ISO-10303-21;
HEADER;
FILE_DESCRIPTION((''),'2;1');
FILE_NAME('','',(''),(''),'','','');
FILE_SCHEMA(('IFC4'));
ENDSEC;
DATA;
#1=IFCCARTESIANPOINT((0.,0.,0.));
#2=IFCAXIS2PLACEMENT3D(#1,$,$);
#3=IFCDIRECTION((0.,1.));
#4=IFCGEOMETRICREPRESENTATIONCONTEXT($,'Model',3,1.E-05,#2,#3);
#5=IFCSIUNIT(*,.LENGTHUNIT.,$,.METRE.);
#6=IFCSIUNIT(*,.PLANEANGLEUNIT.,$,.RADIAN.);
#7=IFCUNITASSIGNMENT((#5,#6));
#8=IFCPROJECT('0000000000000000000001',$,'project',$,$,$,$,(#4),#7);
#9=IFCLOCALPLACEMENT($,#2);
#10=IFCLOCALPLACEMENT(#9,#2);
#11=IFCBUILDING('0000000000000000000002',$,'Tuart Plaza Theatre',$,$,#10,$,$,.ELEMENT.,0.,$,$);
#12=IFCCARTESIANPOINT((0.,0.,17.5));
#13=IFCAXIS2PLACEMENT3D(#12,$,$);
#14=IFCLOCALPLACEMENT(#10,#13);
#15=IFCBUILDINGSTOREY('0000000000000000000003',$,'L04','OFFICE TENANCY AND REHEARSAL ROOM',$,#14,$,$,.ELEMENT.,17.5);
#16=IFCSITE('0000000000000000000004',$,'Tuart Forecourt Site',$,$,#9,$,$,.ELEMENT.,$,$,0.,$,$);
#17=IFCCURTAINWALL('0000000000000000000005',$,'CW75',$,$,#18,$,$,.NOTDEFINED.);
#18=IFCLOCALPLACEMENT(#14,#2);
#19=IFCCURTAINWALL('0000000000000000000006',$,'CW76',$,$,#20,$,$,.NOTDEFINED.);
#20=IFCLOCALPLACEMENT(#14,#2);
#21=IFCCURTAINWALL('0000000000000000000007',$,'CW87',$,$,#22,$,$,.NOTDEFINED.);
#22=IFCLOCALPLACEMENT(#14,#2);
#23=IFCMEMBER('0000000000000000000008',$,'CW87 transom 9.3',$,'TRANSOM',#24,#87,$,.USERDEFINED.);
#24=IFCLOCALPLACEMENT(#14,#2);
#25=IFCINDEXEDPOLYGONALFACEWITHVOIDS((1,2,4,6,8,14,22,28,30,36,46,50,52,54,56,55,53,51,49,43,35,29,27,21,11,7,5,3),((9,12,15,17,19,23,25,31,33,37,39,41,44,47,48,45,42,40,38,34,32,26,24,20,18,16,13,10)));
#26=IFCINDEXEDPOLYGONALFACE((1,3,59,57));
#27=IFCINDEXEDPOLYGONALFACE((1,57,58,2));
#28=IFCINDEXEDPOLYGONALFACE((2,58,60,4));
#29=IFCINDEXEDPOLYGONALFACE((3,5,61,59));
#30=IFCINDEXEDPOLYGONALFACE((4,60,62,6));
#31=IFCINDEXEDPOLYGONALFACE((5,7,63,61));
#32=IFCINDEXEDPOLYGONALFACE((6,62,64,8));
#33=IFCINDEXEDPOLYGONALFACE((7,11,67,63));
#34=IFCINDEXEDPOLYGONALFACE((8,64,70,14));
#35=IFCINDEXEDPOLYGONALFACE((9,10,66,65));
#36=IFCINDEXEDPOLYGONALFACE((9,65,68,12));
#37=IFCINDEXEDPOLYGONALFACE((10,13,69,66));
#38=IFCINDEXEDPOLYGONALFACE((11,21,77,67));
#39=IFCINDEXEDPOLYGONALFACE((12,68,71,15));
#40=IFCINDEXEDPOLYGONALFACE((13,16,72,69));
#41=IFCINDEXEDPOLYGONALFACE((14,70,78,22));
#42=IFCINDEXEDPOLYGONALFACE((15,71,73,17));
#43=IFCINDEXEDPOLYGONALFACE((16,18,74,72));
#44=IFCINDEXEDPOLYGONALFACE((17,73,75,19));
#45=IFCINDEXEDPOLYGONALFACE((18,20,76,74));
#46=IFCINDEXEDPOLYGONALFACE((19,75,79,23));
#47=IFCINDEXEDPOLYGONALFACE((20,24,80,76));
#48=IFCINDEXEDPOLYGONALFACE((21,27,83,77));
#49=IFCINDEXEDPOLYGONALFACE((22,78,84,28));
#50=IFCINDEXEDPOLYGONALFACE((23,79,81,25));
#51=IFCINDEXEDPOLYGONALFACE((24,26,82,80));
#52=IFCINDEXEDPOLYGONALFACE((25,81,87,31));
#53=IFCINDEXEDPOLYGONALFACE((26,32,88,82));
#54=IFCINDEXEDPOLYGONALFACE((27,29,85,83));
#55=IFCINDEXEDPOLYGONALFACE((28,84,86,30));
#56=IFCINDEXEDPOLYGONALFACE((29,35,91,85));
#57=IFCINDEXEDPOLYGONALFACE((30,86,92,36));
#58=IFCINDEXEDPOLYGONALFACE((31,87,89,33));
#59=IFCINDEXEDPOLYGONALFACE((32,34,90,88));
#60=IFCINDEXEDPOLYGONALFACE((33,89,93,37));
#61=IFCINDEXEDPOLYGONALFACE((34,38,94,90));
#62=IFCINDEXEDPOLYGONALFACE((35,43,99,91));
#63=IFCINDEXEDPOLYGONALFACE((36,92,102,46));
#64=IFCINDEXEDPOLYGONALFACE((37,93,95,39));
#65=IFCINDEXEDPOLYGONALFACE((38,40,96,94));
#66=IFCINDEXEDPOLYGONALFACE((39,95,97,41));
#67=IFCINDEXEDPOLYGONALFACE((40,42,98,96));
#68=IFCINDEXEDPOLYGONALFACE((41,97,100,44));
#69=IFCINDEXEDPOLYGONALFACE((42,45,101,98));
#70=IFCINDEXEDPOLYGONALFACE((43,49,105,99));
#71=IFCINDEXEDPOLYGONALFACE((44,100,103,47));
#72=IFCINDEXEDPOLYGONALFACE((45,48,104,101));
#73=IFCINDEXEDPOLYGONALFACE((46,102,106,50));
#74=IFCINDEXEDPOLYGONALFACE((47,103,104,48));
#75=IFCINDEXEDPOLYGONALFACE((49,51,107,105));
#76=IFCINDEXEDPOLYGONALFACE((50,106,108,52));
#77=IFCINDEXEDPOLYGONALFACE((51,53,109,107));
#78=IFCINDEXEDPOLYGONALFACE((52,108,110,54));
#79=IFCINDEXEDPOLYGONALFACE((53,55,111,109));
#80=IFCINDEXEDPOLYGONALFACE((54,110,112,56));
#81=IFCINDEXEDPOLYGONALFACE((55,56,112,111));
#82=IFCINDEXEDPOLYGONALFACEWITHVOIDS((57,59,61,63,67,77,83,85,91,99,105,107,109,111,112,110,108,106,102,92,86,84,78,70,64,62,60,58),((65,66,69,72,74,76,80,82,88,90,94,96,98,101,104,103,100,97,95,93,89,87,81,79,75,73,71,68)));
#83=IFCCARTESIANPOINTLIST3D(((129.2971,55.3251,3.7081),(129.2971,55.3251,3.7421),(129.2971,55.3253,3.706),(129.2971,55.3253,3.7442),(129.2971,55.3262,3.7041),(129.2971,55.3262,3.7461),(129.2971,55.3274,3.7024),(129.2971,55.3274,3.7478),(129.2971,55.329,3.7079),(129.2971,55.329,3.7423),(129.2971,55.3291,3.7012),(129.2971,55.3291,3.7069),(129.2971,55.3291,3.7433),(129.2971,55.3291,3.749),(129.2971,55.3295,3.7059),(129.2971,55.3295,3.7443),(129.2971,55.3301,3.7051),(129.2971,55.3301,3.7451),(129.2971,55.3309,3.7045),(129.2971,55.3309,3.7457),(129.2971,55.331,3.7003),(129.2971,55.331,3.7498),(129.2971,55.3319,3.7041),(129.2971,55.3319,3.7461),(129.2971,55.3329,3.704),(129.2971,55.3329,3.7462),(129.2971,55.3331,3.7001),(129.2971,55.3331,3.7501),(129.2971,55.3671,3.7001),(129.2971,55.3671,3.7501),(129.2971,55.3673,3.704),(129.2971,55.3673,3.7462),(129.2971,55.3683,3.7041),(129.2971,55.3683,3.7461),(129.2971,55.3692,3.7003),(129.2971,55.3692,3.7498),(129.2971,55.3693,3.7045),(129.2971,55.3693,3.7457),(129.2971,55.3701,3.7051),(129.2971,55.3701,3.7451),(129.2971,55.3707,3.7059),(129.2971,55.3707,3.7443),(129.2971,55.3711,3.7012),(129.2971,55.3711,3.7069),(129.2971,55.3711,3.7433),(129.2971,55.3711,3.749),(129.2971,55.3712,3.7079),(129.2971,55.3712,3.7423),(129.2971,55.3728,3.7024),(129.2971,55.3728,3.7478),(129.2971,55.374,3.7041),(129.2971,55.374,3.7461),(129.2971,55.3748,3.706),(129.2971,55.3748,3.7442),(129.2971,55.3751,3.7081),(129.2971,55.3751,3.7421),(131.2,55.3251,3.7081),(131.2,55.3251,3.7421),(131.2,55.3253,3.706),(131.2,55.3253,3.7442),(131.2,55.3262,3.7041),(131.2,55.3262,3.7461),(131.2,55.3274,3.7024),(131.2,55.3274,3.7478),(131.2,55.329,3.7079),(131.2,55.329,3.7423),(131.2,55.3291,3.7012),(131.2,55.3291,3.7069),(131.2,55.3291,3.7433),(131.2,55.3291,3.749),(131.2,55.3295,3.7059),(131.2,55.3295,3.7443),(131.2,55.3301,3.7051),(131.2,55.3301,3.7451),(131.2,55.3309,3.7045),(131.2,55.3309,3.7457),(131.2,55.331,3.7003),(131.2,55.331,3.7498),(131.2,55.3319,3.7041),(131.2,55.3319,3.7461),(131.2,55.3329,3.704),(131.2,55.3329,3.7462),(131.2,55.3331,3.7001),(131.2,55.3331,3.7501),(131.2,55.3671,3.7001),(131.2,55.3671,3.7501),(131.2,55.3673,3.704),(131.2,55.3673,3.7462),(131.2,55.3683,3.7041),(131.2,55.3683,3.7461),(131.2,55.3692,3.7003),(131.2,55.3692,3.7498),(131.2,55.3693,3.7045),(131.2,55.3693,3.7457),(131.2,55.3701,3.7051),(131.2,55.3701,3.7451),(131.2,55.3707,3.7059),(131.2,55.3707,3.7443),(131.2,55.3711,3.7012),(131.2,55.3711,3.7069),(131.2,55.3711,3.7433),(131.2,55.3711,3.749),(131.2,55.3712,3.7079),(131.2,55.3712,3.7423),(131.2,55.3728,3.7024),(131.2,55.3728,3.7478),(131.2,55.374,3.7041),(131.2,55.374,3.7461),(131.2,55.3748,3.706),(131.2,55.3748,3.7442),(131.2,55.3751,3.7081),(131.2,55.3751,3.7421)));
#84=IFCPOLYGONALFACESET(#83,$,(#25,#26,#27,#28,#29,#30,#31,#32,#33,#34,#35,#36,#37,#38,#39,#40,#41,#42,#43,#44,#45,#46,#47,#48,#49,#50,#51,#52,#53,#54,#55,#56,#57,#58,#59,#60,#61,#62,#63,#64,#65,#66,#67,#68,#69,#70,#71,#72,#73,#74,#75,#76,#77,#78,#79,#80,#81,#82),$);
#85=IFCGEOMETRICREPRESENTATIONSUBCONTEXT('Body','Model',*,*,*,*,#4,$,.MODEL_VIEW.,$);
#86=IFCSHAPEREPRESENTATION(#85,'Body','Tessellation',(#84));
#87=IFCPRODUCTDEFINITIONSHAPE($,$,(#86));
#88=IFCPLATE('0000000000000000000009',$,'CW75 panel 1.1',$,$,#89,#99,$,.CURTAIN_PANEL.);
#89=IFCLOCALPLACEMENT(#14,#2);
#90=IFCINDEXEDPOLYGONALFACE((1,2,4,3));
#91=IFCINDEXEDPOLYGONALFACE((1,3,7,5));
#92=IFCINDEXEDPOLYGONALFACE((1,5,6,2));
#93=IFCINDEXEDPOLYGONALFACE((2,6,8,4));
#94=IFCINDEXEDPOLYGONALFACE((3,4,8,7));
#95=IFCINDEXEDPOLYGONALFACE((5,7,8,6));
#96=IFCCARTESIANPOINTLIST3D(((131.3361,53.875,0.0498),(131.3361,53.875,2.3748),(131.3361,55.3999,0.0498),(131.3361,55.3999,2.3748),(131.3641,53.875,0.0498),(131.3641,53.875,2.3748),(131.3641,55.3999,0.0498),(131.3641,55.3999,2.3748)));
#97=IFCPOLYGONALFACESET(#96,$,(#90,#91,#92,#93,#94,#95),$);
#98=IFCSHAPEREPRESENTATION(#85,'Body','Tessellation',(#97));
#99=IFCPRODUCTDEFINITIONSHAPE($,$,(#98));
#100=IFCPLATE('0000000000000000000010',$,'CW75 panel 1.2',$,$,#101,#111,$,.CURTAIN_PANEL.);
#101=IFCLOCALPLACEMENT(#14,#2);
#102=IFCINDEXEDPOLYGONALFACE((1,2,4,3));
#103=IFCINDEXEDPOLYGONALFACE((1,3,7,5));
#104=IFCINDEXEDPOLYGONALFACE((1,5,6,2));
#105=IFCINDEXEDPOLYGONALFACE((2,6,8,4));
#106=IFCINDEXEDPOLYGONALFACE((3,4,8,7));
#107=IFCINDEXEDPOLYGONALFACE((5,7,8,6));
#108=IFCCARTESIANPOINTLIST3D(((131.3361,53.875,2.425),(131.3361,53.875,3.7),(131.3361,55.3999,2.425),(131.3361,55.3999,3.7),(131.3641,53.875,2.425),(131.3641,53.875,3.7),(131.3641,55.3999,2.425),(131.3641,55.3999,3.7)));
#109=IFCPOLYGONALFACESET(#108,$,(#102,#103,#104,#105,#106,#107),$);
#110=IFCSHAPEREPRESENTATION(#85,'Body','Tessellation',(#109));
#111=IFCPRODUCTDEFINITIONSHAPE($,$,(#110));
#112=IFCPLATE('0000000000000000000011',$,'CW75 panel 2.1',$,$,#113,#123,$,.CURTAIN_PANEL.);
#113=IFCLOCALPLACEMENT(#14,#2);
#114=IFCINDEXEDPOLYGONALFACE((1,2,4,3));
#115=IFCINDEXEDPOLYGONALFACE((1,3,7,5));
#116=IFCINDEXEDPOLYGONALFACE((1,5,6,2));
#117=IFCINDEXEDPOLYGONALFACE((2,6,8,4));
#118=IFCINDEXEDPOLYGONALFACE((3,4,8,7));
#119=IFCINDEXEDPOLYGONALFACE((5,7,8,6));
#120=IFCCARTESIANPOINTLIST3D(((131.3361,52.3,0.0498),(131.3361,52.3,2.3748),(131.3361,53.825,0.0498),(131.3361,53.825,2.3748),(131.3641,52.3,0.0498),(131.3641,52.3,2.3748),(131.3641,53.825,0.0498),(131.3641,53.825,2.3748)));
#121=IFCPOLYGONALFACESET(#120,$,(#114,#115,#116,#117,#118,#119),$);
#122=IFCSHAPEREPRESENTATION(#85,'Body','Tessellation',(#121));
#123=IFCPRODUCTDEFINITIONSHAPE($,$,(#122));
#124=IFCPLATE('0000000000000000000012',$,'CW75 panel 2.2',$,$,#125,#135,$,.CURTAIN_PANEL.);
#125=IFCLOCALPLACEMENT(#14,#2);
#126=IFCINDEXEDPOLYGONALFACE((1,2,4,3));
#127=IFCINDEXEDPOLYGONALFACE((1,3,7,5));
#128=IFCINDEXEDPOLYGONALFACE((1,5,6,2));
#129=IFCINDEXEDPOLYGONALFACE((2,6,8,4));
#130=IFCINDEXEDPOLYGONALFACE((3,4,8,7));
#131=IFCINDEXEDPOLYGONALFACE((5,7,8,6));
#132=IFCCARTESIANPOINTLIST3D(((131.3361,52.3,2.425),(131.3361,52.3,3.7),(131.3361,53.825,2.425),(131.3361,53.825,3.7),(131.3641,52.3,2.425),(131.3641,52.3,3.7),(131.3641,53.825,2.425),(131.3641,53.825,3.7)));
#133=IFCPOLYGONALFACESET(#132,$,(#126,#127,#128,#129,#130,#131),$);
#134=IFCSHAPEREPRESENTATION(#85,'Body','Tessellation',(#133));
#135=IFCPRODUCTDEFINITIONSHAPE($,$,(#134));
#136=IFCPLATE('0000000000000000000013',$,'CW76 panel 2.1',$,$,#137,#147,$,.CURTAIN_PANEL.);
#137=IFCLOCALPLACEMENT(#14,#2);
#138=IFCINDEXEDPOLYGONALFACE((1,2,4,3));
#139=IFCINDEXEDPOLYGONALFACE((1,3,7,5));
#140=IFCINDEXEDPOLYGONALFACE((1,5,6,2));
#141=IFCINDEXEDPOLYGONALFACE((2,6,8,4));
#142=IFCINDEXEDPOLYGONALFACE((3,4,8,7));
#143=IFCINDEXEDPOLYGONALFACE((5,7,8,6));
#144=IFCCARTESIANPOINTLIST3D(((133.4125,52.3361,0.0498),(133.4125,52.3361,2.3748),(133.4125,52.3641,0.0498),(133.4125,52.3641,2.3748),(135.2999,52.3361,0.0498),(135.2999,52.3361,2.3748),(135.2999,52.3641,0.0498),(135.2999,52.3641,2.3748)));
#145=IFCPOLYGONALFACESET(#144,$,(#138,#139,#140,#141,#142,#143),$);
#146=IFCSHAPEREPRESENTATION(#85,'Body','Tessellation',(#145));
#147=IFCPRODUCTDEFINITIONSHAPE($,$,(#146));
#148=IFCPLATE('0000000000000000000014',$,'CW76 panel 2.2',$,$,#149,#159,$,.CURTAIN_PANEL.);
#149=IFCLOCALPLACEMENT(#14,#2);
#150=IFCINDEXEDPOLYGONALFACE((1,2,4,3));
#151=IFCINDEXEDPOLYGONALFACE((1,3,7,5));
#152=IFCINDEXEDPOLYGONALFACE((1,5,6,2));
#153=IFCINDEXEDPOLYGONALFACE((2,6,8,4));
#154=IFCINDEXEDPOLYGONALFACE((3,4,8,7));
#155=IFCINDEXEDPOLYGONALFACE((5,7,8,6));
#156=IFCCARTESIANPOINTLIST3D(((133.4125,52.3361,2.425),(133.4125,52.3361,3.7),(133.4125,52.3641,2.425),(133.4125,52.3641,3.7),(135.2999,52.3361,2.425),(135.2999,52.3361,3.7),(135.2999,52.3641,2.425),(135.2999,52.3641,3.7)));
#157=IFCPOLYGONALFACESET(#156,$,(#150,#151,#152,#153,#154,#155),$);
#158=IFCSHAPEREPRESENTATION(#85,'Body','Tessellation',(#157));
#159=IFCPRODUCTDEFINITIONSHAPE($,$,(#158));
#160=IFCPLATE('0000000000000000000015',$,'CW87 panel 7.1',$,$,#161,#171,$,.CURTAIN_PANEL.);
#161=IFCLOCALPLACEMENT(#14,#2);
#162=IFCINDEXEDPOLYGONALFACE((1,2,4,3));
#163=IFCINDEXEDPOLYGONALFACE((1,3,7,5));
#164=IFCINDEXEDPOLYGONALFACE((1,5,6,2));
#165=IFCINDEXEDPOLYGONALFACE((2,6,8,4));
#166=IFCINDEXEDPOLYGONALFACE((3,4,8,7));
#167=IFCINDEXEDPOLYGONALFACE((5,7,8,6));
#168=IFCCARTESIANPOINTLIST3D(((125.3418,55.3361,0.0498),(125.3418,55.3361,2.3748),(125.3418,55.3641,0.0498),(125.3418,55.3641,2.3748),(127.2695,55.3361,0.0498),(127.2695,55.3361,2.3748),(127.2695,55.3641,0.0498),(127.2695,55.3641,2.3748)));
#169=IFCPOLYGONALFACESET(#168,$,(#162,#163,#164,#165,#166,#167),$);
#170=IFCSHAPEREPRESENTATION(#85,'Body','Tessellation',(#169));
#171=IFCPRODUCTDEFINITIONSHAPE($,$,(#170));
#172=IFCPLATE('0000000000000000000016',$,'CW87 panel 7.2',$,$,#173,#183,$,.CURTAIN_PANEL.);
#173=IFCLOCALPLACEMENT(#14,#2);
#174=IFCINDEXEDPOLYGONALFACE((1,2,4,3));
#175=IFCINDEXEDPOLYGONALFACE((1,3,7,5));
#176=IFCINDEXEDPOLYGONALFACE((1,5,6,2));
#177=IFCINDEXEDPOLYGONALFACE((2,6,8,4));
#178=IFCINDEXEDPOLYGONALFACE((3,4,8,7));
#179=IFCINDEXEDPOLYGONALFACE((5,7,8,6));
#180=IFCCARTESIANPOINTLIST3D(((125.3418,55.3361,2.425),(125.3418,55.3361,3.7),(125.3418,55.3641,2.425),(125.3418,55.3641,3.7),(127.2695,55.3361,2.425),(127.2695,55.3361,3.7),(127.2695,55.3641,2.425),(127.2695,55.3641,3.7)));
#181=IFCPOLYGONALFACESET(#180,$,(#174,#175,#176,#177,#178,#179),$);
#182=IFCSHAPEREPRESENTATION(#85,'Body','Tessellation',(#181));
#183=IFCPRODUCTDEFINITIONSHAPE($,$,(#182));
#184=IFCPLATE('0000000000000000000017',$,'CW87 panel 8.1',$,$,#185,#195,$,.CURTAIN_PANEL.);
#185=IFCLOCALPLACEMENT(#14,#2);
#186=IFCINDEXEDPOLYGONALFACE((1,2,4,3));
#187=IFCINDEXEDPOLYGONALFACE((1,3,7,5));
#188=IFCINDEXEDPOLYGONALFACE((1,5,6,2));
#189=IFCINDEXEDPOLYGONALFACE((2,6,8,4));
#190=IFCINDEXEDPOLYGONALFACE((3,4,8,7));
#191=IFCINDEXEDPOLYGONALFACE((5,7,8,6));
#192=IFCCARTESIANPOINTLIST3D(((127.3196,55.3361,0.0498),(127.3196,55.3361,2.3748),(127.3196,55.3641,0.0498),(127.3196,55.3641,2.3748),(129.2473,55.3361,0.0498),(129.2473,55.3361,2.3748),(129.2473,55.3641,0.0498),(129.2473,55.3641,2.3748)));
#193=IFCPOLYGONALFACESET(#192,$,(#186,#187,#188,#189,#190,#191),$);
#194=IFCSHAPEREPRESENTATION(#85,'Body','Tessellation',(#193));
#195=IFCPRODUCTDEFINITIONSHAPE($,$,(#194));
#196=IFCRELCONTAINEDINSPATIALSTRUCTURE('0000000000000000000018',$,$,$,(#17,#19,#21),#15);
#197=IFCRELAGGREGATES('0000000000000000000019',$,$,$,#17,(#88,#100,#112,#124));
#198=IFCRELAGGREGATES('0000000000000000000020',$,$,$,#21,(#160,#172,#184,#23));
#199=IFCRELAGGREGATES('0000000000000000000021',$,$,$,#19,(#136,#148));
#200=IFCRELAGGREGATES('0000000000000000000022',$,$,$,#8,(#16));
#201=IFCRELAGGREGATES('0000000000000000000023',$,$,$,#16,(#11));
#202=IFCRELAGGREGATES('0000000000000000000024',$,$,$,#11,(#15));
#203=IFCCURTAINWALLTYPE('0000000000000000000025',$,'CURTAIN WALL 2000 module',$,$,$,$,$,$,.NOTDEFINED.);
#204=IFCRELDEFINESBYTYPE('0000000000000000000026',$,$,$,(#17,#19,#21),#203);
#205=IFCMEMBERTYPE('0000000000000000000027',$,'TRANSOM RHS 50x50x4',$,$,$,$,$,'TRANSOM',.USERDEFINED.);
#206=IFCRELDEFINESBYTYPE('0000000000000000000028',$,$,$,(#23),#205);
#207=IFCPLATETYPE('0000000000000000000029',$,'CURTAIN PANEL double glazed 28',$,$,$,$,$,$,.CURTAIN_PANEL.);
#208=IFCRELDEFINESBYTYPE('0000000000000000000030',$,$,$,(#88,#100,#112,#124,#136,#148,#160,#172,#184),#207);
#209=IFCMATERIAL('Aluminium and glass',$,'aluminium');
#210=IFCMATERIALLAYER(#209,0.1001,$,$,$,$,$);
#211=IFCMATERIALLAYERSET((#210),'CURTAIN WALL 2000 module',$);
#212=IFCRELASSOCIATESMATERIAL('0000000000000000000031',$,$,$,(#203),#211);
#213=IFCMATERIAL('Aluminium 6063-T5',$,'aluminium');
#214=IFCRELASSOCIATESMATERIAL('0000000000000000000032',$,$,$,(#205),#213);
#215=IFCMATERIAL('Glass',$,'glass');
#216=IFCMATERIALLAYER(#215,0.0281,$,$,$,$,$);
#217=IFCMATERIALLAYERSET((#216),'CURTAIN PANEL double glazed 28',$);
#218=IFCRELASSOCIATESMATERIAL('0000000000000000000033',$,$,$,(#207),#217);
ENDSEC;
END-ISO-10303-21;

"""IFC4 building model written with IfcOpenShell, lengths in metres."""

from ifc_helpers import new_model, si_unit, direction, frame, origin, origin_2d, place, context, subcontext, project, spatial, rectangle, hollow_rectangle, extrude, material, layer, layer_set, material_profile, profile_set, type_object, element, aggregate, save


model = new_model("IFC4")

# Units and contexts
model_context = context("Model", 3, precision=1e-05, world=origin(), true_north=direction((0.0, 1.0)))
body_context = subcontext(model_context, "Body", "Model", "MODEL_VIEW")
ifc_project = project(units=[si_unit("LENGTHUNIT", "METRE"), si_unit("PLANEANGLEUNIT", "RADIAN")], contexts=[model_context])

# Site, building, storey
site_placement = place(None, origin())
site = spatial("IfcSite", under=ifc_project, at=site_placement, Name="Tuart Forecourt Site", CompositionType="ELEMENT", RefElevation=0.0)
building_placement = place(site_placement, origin())
building = spatial("IfcBuilding", under=site, at=building_placement, Name="Tuart Plaza Theatre", CompositionType="ELEMENT", ElevationOfRefHeight=0.0)
storey_placement = place(building_placement, frame((0.0, 0.0, 17.5)))
storey = spatial("IfcBuildingStorey", under=building, at=storey_placement, Name="L04", Description="OFFICE TENANCY AND REHEARSAL ROOM", CompositionType="ELEMENT", Elevation=17.5)

# Curtain walls
ifc_material_1 = material(Name="Aluminium and glass", Category="aluminium")
ifc_layer_1 = layer(ifc_material_1, 0.1001)
ifc_layer_set_1 = layer_set([ifc_layer_1], Name="CURTAIN WALL 2000 module")
curtain_wall_type = type_object("IfcCurtainWallType", Name="CURTAIN WALL 2000 module", PredefinedType="NOTDEFINED", material=ifc_layer_set_1)
curtain_wall_1_placement = place(storey_placement, origin())
curtain_wall_1 = element("IfcCurtainWall", 1, at=curtain_wall_1_placement, inside=storey, type_object=curtain_wall_type, Name="CW75", PredefinedType="NOTDEFINED")
curtain_wall_2_placement = place(storey_placement, origin())
curtain_wall_2 = element("IfcCurtainWall", 2, at=curtain_wall_2_placement, inside=storey, type_object=curtain_wall_type, Name="CW76", PredefinedType="NOTDEFINED")
curtain_wall_3_placement = place(storey_placement, origin())
curtain_wall_3 = element("IfcCurtainWall", 3, at=curtain_wall_3_placement, inside=storey, type_object=curtain_wall_type, Name="CW87", PredefinedType="NOTDEFINED")

# Member
ifc_material_2 = material(Name="Aluminium 6063-T5", Category="aluminium")
ifc_material_profile_1 = material_profile(ifc_material_2, hollow_rectangle(XDim=0.05, YDim=0.05, WallThickness=0.0039, InnerFilletRadius=0.0039, OuterFilletRadius=0.0081, at=origin_2d()), Name="RHS 50x50x4")
ifc_profile_set_1 = profile_set([ifc_material_profile_1], Name="Aluminium 6063-T5")
member_type_1 = type_object("IfcMemberType", Name="TRANSOM RHS 50x50x4", ElementType="TRANSOM", PredefinedType="USERDEFINED", material=ifc_profile_set_1)
member_1_placement = place(storey_placement, frame((129.2971, 55.3501, 3.7251), z_axis=(1.0, 0.0, 0.0), x_axis=(0.0, 1.0, 0.0)))
member_1 = element("IfcMember", 4, at=member_1_placement, type_object=member_type_1, Name="CW87 transom 9.3", ObjectType="TRANSOM", PredefinedType="USERDEFINED", context=body_context, shape_type="SweptSolid", body=[
    extrude(hollow_rectangle(XDim=0.05, YDim=0.05, WallThickness=0.0039, InnerFilletRadius=0.0039, OuterFilletRadius=0.0081, at=origin_2d()), origin(), (0.0, 0.0, 1.0), 1.9028),
])

# Plates
ifc_material_3 = material(Name="Glass", Category="glass")
ifc_layer_2 = layer(ifc_material_3, 0.0281)
ifc_layer_set_2 = layer_set([ifc_layer_2], Name="CURTAIN PANEL double glazed 28")
plate_type_1 = type_object("IfcPlateType", Name="CURTAIN PANEL double glazed 28", PredefinedType="CURTAIN_PANEL", material=ifc_layer_set_2)
plate_1_placement = place(storey_placement, frame((131.3501, 54.6375, 0.0498), z_axis=(0.0, 0.0, 1.0), x_axis=(0.0, -1.0, 0.0)))
plate_1 = element("IfcPlate", 5, at=plate_1_placement, type_object=plate_type_1, Name="CW75 panel 1.1", PredefinedType="CURTAIN_PANEL", context=body_context, shape_type="SweptSolid", body=[
    extrude(rectangle(XDim=1.5249, YDim=0.0281, at=origin_2d()), origin(), (0.0, 0.0, 1.0), 2.325),
])
plate_2_placement = place(storey_placement, frame((131.3501, 54.6375, 2.425), z_axis=(0.0, 0.0, 1.0), x_axis=(0.0, -1.0, 0.0)))
plate_2 = element("IfcPlate", 6, at=plate_2_placement, type_object=plate_type_1, Name="CW75 panel 1.2", PredefinedType="CURTAIN_PANEL", context=body_context, shape_type="SweptSolid", body=[
    extrude(rectangle(XDim=1.5249, YDim=0.0281, at=origin_2d()), origin(), (0.0, 0.0, 1.0), 1.2749),
])
plate_3_placement = place(storey_placement, frame((131.3501, 53.0625, 0.0498), z_axis=(0.0, 0.0, 1.0), x_axis=(0.0, -1.0, 0.0)))
plate_3 = element("IfcPlate", 7, at=plate_3_placement, type_object=plate_type_1, Name="CW75 panel 2.1", PredefinedType="CURTAIN_PANEL", context=body_context, shape_type="SweptSolid", body=[
    extrude(rectangle(XDim=1.5249, YDim=0.0281, at=origin_2d()), origin(), (0.0, 0.0, 1.0), 2.325),
])
plate_4_placement = place(storey_placement, frame((131.3501, 53.0625, 2.425), z_axis=(0.0, 0.0, 1.0), x_axis=(0.0, -1.0, 0.0)))
plate_4 = element("IfcPlate", 8, at=plate_4_placement, type_object=plate_type_1, Name="CW75 panel 2.2", PredefinedType="CURTAIN_PANEL", context=body_context, shape_type="SweptSolid", body=[
    extrude(rectangle(XDim=1.5249, YDim=0.0281, at=origin_2d()), origin(), (0.0, 0.0, 1.0), 1.2749),
])
aggregate(curtain_wall_1, [plate_1, plate_2, plate_3, plate_4])
plate_5_placement = place(storey_placement, frame((134.3562, 52.3501, 0.0498), z_axis=(0.0, 0.0, 1.0), x_axis=(1.0, 0.0, 0.0)))
plate_5 = element("IfcPlate", 9, at=plate_5_placement, type_object=plate_type_1, Name="CW76 panel 2.1", PredefinedType="CURTAIN_PANEL", context=body_context, shape_type="SweptSolid", body=[
    extrude(rectangle(XDim=1.8875, YDim=0.0281, at=origin_2d()), origin(), (0.0, 0.0, 1.0), 2.325),
])
plate_6_placement = place(storey_placement, frame((134.3562, 52.3501, 2.425), z_axis=(0.0, 0.0, 1.0), x_axis=(1.0, 0.0, 0.0)))
plate_6 = element("IfcPlate", 10, at=plate_6_placement, type_object=plate_type_1, Name="CW76 panel 2.2", PredefinedType="CURTAIN_PANEL", context=body_context, shape_type="SweptSolid", body=[
    extrude(rectangle(XDim=1.8875, YDim=0.0281, at=origin_2d()), origin(), (0.0, 0.0, 1.0), 1.2749),
])
plate_7_placement = place(storey_placement, frame((126.3057, 55.3501, 0.0498), z_axis=(0.0, 0.0, 1.0), x_axis=(1.0, 0.0, 0.0)))
plate_7 = element("IfcPlate", 11, at=plate_7_placement, type_object=plate_type_1, Name="CW87 panel 7.1", PredefinedType="CURTAIN_PANEL", context=body_context, shape_type="SweptSolid", body=[
    extrude(rectangle(XDim=1.9277, YDim=0.0281, at=origin_2d()), origin(), (0.0, 0.0, 1.0), 2.325),
])
plate_8_placement = place(storey_placement, frame((126.3057, 55.3501, 2.425), z_axis=(0.0, 0.0, 1.0), x_axis=(1.0, 0.0, 0.0)))
plate_8 = element("IfcPlate", 12, at=plate_8_placement, type_object=plate_type_1, Name="CW87 panel 7.2", PredefinedType="CURTAIN_PANEL", context=body_context, shape_type="SweptSolid", body=[
    extrude(rectangle(XDim=1.9277, YDim=0.0281, at=origin_2d()), origin(), (0.0, 0.0, 1.0), 1.2749),
])
plate_9_placement = place(storey_placement, frame((128.2834, 55.3501, 0.0498), z_axis=(0.0, 0.0, 1.0), x_axis=(1.0, 0.0, 0.0)))
plate_9 = element("IfcPlate", 13, at=plate_9_placement, type_object=plate_type_1, Name="CW87 panel 8.1", PredefinedType="CURTAIN_PANEL", context=body_context, shape_type="SweptSolid", body=[
    extrude(rectangle(XDim=1.9277, YDim=0.0281, at=origin_2d()), origin(), (0.0, 0.0, 1.0), 2.325),
])
aggregate(curtain_wall_3, [plate_7, plate_8, plate_9, member_1])
aggregate(curtain_wall_2, [plate_5, plate_6])

save(model, "model.ifc")
